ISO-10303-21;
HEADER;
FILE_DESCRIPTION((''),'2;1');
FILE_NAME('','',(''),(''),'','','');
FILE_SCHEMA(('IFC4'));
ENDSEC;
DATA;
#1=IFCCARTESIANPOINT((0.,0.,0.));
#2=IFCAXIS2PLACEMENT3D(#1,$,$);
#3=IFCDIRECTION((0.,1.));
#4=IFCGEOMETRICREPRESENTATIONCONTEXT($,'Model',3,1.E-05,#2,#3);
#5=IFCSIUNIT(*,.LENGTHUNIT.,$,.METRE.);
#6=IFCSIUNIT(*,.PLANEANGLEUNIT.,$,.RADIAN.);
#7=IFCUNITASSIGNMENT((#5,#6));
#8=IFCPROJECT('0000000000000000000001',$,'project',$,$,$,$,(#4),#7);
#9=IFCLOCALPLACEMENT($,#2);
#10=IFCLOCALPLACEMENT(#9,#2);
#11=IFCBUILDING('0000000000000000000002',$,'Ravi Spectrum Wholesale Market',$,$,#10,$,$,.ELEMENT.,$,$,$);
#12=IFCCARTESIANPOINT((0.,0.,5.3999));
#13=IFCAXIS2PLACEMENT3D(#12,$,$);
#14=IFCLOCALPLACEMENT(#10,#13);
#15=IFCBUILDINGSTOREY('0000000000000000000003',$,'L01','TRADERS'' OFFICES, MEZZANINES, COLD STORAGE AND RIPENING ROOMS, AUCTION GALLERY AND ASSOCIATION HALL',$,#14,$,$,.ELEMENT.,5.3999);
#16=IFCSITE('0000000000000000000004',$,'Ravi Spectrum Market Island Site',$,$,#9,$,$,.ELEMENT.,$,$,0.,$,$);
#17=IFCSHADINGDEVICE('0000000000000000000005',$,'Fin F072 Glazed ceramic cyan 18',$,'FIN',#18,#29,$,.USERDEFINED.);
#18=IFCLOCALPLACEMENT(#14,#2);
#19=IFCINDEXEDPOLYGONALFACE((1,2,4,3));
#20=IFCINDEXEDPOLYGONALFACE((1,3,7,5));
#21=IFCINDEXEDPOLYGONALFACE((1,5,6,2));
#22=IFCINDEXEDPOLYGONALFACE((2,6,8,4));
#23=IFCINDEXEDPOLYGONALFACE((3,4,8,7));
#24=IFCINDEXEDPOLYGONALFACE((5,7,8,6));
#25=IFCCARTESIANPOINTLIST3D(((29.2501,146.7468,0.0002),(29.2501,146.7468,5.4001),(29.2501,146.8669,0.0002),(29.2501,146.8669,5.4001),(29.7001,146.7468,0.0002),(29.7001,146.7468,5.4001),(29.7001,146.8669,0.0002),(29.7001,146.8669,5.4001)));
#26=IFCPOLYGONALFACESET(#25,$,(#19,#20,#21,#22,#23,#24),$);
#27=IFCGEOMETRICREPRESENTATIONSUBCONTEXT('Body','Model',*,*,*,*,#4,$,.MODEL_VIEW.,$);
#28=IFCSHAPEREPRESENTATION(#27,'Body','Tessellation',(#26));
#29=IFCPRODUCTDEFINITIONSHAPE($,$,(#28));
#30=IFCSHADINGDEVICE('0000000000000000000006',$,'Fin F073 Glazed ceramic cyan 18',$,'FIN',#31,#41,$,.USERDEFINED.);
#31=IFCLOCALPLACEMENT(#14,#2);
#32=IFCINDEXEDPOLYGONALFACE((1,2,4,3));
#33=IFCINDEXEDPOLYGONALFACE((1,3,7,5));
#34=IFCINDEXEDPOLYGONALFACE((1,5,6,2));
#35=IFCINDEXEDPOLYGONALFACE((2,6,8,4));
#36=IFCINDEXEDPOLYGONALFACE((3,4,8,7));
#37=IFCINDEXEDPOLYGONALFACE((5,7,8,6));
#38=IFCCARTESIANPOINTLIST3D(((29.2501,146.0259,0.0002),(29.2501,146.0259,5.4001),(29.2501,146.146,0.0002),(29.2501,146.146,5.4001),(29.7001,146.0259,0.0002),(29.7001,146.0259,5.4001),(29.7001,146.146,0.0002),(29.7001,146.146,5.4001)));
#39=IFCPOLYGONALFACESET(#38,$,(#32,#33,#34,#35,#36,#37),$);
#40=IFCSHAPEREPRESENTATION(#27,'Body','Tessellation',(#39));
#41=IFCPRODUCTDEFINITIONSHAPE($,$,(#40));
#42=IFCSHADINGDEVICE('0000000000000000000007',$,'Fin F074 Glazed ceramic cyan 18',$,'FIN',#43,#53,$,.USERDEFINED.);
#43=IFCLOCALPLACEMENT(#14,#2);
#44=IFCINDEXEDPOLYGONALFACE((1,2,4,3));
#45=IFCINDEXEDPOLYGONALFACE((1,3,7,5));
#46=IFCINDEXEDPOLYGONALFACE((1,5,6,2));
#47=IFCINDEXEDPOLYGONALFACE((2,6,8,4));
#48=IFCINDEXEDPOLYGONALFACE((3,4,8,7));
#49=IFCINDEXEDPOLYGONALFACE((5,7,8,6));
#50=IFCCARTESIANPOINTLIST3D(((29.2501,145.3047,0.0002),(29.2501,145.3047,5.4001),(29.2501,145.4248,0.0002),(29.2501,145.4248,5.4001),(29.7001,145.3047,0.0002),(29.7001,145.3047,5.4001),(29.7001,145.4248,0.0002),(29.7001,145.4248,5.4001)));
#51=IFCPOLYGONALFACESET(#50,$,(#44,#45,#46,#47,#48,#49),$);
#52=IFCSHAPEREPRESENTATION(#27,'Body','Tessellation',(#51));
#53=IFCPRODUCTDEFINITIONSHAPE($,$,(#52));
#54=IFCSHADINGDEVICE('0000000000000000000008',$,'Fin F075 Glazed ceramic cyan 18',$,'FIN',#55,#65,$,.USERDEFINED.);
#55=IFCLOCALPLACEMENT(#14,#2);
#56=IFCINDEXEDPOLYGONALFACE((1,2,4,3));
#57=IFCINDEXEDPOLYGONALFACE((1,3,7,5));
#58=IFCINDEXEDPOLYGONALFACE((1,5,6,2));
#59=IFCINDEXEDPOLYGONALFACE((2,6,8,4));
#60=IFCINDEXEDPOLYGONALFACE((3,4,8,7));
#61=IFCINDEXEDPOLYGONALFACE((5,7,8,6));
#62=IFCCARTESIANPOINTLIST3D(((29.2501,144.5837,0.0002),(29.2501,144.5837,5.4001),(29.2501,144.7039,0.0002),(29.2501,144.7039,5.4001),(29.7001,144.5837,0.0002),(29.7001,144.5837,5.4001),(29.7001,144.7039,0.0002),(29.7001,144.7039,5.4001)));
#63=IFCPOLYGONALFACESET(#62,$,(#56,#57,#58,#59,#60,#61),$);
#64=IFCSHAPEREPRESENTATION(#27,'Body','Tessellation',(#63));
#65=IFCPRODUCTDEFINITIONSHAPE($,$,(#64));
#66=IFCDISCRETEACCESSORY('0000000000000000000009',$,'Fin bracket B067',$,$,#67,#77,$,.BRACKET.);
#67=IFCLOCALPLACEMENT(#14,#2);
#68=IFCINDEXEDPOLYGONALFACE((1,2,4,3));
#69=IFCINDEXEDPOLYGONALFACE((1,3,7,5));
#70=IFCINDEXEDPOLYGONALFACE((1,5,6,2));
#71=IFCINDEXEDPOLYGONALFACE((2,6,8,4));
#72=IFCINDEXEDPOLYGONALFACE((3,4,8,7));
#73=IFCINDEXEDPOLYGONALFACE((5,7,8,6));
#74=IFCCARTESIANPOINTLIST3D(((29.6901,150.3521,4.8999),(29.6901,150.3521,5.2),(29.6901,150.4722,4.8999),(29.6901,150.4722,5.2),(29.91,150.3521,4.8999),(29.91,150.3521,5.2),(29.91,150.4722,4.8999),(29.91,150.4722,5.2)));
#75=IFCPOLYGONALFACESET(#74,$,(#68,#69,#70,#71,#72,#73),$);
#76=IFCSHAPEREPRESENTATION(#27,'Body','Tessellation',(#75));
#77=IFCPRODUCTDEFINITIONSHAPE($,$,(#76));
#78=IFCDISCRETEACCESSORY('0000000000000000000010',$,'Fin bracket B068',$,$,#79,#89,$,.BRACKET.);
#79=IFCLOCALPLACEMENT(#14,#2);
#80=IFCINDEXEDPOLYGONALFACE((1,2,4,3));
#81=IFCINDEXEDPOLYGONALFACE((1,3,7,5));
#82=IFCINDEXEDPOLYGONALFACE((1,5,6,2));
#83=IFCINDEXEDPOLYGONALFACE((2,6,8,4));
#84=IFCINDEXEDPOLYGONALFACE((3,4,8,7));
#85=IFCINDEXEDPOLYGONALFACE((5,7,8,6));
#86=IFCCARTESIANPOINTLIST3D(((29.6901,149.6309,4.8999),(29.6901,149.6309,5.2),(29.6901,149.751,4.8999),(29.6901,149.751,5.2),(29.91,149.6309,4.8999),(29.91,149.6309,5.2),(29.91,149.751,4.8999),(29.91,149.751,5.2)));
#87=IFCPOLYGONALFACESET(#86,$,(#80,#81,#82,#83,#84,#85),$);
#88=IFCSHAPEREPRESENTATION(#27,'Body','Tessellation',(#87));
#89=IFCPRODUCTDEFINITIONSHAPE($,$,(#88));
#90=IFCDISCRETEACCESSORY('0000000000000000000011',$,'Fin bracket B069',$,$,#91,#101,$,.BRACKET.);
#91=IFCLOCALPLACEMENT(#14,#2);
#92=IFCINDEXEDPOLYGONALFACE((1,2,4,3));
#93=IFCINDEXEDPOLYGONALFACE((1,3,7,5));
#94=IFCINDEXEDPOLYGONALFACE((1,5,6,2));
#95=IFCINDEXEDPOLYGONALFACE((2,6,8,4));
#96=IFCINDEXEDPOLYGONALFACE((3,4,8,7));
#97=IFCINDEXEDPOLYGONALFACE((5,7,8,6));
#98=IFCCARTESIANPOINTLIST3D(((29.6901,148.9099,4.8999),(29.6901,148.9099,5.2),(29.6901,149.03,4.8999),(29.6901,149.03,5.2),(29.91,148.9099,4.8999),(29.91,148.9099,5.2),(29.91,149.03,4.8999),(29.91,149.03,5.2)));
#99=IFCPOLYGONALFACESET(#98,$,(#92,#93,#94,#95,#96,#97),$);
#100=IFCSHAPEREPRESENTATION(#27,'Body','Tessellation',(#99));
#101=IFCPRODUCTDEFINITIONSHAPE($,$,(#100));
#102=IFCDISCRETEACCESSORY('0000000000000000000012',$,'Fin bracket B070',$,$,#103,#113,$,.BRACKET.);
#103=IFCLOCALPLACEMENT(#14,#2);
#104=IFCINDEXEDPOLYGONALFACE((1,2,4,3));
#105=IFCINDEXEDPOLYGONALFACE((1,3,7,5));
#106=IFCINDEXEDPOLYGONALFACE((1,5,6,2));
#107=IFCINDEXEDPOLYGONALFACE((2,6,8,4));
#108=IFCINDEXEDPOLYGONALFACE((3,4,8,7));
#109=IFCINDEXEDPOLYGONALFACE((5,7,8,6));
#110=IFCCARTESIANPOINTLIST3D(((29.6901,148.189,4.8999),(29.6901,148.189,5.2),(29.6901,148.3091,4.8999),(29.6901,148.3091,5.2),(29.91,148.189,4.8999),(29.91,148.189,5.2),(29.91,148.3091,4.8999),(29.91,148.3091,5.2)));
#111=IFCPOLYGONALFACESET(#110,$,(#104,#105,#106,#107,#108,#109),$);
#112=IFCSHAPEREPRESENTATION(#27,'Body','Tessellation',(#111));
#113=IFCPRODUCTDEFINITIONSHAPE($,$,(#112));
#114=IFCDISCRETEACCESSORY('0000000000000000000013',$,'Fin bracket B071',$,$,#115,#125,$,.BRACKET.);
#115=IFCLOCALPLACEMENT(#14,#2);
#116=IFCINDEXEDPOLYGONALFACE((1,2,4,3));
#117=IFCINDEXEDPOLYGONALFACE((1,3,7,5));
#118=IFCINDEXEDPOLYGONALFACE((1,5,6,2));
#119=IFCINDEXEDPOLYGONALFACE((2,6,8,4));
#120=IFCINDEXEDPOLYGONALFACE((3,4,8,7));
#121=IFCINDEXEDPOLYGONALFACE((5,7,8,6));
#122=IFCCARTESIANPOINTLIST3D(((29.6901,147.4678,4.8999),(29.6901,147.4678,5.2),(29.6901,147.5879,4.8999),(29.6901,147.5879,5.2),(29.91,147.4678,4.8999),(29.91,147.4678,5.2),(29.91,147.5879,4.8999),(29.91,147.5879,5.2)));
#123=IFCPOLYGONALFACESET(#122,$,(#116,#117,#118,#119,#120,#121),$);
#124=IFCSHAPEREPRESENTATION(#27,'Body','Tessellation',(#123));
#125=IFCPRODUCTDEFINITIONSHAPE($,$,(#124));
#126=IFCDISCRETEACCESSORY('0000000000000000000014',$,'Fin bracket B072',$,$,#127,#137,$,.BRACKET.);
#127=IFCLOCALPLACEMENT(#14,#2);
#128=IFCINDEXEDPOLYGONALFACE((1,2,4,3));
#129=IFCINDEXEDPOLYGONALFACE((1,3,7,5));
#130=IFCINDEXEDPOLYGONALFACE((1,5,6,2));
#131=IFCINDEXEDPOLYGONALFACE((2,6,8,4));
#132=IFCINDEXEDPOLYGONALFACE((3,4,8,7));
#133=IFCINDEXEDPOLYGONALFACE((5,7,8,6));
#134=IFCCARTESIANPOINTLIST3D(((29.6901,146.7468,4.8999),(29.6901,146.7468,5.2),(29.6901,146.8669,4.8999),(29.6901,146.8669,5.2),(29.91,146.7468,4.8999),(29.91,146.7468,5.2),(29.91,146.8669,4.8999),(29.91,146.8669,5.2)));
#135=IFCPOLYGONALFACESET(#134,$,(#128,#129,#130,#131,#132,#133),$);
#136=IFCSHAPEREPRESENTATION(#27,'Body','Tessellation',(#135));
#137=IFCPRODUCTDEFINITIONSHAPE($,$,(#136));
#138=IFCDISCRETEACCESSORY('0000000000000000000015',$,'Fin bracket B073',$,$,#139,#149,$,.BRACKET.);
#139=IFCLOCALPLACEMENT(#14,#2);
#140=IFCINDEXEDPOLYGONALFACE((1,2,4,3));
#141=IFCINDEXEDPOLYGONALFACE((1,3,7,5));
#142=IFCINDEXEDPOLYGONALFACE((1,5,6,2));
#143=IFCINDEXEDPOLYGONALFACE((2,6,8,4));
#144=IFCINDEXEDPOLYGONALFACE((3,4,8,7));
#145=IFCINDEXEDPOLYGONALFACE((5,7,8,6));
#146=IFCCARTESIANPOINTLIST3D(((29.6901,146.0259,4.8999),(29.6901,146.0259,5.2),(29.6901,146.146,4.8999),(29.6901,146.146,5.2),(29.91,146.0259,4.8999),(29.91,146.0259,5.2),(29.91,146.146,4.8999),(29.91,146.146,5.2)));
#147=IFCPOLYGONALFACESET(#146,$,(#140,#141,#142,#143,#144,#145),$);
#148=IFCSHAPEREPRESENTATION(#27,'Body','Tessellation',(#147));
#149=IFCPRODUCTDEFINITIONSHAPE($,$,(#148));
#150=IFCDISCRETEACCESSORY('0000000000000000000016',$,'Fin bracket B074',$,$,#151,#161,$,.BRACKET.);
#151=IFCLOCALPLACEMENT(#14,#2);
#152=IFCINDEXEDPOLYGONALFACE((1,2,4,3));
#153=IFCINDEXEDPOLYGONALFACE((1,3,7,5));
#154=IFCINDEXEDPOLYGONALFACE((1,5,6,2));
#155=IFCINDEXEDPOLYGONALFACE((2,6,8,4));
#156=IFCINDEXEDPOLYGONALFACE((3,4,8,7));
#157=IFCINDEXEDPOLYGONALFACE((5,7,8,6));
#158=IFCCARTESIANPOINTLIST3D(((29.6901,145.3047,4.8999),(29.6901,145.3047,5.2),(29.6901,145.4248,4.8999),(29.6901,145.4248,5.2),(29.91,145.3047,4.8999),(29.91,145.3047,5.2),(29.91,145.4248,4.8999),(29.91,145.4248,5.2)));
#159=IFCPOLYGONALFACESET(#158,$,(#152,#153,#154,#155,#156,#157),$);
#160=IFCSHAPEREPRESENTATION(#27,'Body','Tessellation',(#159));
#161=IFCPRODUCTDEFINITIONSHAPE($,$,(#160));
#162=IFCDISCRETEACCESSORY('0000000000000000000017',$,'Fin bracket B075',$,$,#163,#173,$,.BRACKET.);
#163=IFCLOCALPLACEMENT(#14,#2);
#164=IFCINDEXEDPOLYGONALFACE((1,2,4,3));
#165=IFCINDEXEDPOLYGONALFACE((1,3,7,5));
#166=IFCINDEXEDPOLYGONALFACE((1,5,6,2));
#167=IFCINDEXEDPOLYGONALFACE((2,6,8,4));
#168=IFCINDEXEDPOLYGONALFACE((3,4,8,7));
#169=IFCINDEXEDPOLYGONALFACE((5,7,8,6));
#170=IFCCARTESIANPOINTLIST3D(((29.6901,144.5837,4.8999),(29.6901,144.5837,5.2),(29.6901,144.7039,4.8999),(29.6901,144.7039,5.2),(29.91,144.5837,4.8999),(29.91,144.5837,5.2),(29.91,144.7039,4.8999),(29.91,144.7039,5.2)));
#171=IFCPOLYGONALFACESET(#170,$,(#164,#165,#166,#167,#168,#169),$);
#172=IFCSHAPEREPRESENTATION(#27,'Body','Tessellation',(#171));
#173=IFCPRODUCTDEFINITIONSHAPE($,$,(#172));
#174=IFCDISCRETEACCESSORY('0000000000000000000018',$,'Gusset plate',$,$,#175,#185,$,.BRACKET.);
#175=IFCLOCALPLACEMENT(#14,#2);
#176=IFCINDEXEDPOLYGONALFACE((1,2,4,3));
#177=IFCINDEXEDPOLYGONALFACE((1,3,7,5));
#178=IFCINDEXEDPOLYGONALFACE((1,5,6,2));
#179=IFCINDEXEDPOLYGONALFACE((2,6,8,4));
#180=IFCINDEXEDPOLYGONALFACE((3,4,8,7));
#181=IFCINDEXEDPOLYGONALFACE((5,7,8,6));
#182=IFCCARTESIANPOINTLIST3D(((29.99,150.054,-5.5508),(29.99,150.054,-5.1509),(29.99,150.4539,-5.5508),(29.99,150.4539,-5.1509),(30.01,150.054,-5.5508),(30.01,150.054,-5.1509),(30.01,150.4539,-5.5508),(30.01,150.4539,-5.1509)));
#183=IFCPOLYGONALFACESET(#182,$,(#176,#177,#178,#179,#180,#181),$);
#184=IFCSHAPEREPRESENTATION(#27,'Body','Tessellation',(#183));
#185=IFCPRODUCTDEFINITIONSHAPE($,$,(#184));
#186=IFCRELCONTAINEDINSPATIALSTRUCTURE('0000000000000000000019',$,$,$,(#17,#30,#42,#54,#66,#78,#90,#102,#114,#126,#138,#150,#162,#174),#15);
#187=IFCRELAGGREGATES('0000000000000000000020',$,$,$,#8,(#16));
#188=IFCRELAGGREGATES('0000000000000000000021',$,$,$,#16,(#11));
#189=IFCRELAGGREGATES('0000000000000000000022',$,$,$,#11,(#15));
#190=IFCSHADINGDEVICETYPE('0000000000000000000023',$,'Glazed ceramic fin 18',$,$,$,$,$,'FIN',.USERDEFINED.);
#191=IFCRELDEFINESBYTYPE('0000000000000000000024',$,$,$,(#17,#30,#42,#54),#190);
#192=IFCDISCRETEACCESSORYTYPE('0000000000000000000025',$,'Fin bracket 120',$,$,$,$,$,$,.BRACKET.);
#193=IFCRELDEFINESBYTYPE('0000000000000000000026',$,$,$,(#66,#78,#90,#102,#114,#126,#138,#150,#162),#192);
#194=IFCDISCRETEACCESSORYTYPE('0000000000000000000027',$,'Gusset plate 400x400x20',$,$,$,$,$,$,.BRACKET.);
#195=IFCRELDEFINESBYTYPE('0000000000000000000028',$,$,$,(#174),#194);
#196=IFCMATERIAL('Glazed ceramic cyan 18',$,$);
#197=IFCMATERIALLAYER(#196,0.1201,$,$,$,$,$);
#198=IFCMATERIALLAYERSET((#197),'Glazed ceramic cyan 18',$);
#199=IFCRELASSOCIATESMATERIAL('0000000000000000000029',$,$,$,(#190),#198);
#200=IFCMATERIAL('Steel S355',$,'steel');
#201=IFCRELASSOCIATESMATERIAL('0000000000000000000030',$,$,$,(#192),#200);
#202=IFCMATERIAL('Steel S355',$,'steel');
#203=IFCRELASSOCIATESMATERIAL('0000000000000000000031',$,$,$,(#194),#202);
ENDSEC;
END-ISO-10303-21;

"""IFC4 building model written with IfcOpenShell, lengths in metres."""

from ifc_helpers import new_model, si_unit, direction, frame, origin, origin_2d, place, context, subcontext, project, spatial, rectangle, extrude, material, layer, layer_set, material_profile, profile_set, type_object, element, save


model = new_model("IFC4")

# Units and contexts
model_context = context("Model", 3, precision=1e-05, world=origin(), true_north=direction((0.0, 1.0)))
body_context = subcontext(model_context, "Body", "Model", "MODEL_VIEW")
ifc_project = project(units=[si_unit("LENGTHUNIT", "METRE"), si_unit("PLANEANGLEUNIT", "RADIAN")], contexts=[model_context])

# Site, building, storey
site_placement = place(None, origin())
site = spatial("IfcSite", under=ifc_project, at=site_placement, Name="Ravi Spectrum Market Island Site", CompositionType="ELEMENT", RefElevation=0.0)
building_placement = place(site_placement, origin())
building = spatial("IfcBuilding", under=site, at=building_placement, Name="Ravi Spectrum Wholesale Market", CompositionType="ELEMENT")
storey_placement = place(building_placement, frame((0.0, 0.0, 5.3999)))
storey = spatial("IfcBuildingStorey", under=building, at=storey_placement, Name="L01", Description="TRADERS' OFFICES, MEZZANINES, COLD STORAGE AND RIPENING ROOMS, AUCTION GALLERY AND ASSOCIATION HALL", CompositionType="ELEMENT", Elevation=5.3999)

# Shading devices
ifc_material_1 = material(Name="Glazed ceramic cyan 18")
ifc_layer = layer(ifc_material_1, 0.1201)
ifc_layer_set = layer_set([ifc_layer], Name="Glazed ceramic cyan 18")
shading_device_type = type_object("IfcShadingDeviceType", Name="Glazed ceramic fin 18", ElementType="FIN", PredefinedType="USERDEFINED", material=ifc_layer_set)
for number, where, z_axis, x_axis, name in (
    (1, (29.4751, 146.8069, 0.0002), (0.0, 0.0, 1.0), (0.0, -1.0, 0.0), "Fin F072 Glazed ceramic cyan 18"),
    (2, (29.4751, 146.0859, 0.0002), (0.0, 0.0, 1.0), (0.0, -1.0, 0.0), "Fin F073 Glazed ceramic cyan 18"),
    (3, (29.4751, 145.3647, 0.0002), (0.0, 0.0, 1.0), (0.0, -1.0, 0.0), "Fin F074 Glazed ceramic cyan 18"),
    (4, (29.4751, 144.6438, 0.0002), (0.0, 0.0, 1.0), (0.0, -1.0, 0.0), "Fin F075 Glazed ceramic cyan 18"),
):
    element("IfcShadingDevice", number, at=place(storey_placement, frame(where, z_axis=z_axis, x_axis=x_axis)), inside=storey, type_object=shading_device_type, Name=name, ObjectType="FIN", PredefinedType="USERDEFINED", context=body_context, shape_type="SweptSolid", body=[
        extrude(rectangle(XDim=0.1201, YDim=0.45, at=origin_2d()), origin(), (0.0, 0.0, 1.0), 5.3999),
    ])

# Discrete accessories
ifc_material_2 = material(Name="Steel S355", Category="steel")
discrete_accessory_type_1 = type_object("IfcDiscreteAccessoryType", Name="Fin bracket 120", PredefinedType="BRACKET", material=ifc_material_2)
for number, where, z_axis, x_axis, name in (
    (5, (29.8, 150.4121, 4.8999), (0.0, 0.0, 1.0), (0.0, -1.0, 0.0), "Fin bracket B067"),
    (6, (29.8, 149.6909, 4.8999), (0.0, 0.0, 1.0), (0.0, -1.0, 0.0), "Fin bracket B068"),
    (7, (29.8, 148.97, 4.8999), (0.0, 0.0, 1.0), (0.0, -1.0, 0.0), "Fin bracket B069"),
    (8, (29.8, 148.249, 4.8999), (0.0, 0.0, 1.0), (0.0, -1.0, 0.0), "Fin bracket B070"),
    (9, (29.8, 147.5278, 4.8999), (0.0, 0.0, 1.0), (0.0, -1.0, 0.0), "Fin bracket B071"),
    (10, (29.8, 146.8069, 4.8999), (0.0, 0.0, 1.0), (0.0, -1.0, 0.0), "Fin bracket B072"),
    (11, (29.8, 146.0859, 4.8999), (0.0, 0.0, 1.0), (0.0, -1.0, 0.0), "Fin bracket B073"),
    (12, (29.8, 145.3647, 4.8999), (0.0, 0.0, 1.0), (0.0, -1.0, 0.0), "Fin bracket B074"),
    (13, (29.8, 144.6438, 4.8999), (0.0, 0.0, 1.0), (0.0, -1.0, 0.0), "Fin bracket B075"),
):
    element("IfcDiscreteAccessory", number, at=place(storey_placement, frame(where, z_axis=z_axis, x_axis=x_axis)), inside=storey, type_object=discrete_accessory_type_1, Name=name, PredefinedType="BRACKET", context=body_context, shape_type="SweptSolid", body=[
        extrude(rectangle(XDim=0.1201, YDim=0.22, at=origin_2d()), origin(), (0.0, 0.0, 1.0), 0.3),
    ])
ifc_material_3 = material(Name="Steel S355", Category="steel")
ifc_material_profile_1 = material_profile(ifc_material_3, rectangle(XDim=0.3999, YDim=0.02, at=origin_2d()))
ifc_profile_set_1 = profile_set([ifc_material_profile_1], Name="Steel S355")
discrete_accessory_type_2 = type_object("IfcDiscreteAccessoryType", Name="Gusset plate 400x400x20", PredefinedType="BRACKET", material=ifc_profile_set_1)
discrete_accessory_placement = place(storey_placement, frame((30.0, 150.2539, -5.5508), z_axis=(0.0, 0.0, 1.0), x_axis=(0.0, 1.0, 0.0)))
element("IfcDiscreteAccessory", 14, at=discrete_accessory_placement, inside=storey, type_object=discrete_accessory_type_2, Name="Gusset plate", PredefinedType="BRACKET", context=body_context, shape_type="SweptSolid", body=[
    extrude(rectangle(XDim=0.3999, YDim=0.02, at=origin_2d()), origin(), (0.0, 0.0, 1.0), 0.3999),
])

save(model, "model.ifc")
